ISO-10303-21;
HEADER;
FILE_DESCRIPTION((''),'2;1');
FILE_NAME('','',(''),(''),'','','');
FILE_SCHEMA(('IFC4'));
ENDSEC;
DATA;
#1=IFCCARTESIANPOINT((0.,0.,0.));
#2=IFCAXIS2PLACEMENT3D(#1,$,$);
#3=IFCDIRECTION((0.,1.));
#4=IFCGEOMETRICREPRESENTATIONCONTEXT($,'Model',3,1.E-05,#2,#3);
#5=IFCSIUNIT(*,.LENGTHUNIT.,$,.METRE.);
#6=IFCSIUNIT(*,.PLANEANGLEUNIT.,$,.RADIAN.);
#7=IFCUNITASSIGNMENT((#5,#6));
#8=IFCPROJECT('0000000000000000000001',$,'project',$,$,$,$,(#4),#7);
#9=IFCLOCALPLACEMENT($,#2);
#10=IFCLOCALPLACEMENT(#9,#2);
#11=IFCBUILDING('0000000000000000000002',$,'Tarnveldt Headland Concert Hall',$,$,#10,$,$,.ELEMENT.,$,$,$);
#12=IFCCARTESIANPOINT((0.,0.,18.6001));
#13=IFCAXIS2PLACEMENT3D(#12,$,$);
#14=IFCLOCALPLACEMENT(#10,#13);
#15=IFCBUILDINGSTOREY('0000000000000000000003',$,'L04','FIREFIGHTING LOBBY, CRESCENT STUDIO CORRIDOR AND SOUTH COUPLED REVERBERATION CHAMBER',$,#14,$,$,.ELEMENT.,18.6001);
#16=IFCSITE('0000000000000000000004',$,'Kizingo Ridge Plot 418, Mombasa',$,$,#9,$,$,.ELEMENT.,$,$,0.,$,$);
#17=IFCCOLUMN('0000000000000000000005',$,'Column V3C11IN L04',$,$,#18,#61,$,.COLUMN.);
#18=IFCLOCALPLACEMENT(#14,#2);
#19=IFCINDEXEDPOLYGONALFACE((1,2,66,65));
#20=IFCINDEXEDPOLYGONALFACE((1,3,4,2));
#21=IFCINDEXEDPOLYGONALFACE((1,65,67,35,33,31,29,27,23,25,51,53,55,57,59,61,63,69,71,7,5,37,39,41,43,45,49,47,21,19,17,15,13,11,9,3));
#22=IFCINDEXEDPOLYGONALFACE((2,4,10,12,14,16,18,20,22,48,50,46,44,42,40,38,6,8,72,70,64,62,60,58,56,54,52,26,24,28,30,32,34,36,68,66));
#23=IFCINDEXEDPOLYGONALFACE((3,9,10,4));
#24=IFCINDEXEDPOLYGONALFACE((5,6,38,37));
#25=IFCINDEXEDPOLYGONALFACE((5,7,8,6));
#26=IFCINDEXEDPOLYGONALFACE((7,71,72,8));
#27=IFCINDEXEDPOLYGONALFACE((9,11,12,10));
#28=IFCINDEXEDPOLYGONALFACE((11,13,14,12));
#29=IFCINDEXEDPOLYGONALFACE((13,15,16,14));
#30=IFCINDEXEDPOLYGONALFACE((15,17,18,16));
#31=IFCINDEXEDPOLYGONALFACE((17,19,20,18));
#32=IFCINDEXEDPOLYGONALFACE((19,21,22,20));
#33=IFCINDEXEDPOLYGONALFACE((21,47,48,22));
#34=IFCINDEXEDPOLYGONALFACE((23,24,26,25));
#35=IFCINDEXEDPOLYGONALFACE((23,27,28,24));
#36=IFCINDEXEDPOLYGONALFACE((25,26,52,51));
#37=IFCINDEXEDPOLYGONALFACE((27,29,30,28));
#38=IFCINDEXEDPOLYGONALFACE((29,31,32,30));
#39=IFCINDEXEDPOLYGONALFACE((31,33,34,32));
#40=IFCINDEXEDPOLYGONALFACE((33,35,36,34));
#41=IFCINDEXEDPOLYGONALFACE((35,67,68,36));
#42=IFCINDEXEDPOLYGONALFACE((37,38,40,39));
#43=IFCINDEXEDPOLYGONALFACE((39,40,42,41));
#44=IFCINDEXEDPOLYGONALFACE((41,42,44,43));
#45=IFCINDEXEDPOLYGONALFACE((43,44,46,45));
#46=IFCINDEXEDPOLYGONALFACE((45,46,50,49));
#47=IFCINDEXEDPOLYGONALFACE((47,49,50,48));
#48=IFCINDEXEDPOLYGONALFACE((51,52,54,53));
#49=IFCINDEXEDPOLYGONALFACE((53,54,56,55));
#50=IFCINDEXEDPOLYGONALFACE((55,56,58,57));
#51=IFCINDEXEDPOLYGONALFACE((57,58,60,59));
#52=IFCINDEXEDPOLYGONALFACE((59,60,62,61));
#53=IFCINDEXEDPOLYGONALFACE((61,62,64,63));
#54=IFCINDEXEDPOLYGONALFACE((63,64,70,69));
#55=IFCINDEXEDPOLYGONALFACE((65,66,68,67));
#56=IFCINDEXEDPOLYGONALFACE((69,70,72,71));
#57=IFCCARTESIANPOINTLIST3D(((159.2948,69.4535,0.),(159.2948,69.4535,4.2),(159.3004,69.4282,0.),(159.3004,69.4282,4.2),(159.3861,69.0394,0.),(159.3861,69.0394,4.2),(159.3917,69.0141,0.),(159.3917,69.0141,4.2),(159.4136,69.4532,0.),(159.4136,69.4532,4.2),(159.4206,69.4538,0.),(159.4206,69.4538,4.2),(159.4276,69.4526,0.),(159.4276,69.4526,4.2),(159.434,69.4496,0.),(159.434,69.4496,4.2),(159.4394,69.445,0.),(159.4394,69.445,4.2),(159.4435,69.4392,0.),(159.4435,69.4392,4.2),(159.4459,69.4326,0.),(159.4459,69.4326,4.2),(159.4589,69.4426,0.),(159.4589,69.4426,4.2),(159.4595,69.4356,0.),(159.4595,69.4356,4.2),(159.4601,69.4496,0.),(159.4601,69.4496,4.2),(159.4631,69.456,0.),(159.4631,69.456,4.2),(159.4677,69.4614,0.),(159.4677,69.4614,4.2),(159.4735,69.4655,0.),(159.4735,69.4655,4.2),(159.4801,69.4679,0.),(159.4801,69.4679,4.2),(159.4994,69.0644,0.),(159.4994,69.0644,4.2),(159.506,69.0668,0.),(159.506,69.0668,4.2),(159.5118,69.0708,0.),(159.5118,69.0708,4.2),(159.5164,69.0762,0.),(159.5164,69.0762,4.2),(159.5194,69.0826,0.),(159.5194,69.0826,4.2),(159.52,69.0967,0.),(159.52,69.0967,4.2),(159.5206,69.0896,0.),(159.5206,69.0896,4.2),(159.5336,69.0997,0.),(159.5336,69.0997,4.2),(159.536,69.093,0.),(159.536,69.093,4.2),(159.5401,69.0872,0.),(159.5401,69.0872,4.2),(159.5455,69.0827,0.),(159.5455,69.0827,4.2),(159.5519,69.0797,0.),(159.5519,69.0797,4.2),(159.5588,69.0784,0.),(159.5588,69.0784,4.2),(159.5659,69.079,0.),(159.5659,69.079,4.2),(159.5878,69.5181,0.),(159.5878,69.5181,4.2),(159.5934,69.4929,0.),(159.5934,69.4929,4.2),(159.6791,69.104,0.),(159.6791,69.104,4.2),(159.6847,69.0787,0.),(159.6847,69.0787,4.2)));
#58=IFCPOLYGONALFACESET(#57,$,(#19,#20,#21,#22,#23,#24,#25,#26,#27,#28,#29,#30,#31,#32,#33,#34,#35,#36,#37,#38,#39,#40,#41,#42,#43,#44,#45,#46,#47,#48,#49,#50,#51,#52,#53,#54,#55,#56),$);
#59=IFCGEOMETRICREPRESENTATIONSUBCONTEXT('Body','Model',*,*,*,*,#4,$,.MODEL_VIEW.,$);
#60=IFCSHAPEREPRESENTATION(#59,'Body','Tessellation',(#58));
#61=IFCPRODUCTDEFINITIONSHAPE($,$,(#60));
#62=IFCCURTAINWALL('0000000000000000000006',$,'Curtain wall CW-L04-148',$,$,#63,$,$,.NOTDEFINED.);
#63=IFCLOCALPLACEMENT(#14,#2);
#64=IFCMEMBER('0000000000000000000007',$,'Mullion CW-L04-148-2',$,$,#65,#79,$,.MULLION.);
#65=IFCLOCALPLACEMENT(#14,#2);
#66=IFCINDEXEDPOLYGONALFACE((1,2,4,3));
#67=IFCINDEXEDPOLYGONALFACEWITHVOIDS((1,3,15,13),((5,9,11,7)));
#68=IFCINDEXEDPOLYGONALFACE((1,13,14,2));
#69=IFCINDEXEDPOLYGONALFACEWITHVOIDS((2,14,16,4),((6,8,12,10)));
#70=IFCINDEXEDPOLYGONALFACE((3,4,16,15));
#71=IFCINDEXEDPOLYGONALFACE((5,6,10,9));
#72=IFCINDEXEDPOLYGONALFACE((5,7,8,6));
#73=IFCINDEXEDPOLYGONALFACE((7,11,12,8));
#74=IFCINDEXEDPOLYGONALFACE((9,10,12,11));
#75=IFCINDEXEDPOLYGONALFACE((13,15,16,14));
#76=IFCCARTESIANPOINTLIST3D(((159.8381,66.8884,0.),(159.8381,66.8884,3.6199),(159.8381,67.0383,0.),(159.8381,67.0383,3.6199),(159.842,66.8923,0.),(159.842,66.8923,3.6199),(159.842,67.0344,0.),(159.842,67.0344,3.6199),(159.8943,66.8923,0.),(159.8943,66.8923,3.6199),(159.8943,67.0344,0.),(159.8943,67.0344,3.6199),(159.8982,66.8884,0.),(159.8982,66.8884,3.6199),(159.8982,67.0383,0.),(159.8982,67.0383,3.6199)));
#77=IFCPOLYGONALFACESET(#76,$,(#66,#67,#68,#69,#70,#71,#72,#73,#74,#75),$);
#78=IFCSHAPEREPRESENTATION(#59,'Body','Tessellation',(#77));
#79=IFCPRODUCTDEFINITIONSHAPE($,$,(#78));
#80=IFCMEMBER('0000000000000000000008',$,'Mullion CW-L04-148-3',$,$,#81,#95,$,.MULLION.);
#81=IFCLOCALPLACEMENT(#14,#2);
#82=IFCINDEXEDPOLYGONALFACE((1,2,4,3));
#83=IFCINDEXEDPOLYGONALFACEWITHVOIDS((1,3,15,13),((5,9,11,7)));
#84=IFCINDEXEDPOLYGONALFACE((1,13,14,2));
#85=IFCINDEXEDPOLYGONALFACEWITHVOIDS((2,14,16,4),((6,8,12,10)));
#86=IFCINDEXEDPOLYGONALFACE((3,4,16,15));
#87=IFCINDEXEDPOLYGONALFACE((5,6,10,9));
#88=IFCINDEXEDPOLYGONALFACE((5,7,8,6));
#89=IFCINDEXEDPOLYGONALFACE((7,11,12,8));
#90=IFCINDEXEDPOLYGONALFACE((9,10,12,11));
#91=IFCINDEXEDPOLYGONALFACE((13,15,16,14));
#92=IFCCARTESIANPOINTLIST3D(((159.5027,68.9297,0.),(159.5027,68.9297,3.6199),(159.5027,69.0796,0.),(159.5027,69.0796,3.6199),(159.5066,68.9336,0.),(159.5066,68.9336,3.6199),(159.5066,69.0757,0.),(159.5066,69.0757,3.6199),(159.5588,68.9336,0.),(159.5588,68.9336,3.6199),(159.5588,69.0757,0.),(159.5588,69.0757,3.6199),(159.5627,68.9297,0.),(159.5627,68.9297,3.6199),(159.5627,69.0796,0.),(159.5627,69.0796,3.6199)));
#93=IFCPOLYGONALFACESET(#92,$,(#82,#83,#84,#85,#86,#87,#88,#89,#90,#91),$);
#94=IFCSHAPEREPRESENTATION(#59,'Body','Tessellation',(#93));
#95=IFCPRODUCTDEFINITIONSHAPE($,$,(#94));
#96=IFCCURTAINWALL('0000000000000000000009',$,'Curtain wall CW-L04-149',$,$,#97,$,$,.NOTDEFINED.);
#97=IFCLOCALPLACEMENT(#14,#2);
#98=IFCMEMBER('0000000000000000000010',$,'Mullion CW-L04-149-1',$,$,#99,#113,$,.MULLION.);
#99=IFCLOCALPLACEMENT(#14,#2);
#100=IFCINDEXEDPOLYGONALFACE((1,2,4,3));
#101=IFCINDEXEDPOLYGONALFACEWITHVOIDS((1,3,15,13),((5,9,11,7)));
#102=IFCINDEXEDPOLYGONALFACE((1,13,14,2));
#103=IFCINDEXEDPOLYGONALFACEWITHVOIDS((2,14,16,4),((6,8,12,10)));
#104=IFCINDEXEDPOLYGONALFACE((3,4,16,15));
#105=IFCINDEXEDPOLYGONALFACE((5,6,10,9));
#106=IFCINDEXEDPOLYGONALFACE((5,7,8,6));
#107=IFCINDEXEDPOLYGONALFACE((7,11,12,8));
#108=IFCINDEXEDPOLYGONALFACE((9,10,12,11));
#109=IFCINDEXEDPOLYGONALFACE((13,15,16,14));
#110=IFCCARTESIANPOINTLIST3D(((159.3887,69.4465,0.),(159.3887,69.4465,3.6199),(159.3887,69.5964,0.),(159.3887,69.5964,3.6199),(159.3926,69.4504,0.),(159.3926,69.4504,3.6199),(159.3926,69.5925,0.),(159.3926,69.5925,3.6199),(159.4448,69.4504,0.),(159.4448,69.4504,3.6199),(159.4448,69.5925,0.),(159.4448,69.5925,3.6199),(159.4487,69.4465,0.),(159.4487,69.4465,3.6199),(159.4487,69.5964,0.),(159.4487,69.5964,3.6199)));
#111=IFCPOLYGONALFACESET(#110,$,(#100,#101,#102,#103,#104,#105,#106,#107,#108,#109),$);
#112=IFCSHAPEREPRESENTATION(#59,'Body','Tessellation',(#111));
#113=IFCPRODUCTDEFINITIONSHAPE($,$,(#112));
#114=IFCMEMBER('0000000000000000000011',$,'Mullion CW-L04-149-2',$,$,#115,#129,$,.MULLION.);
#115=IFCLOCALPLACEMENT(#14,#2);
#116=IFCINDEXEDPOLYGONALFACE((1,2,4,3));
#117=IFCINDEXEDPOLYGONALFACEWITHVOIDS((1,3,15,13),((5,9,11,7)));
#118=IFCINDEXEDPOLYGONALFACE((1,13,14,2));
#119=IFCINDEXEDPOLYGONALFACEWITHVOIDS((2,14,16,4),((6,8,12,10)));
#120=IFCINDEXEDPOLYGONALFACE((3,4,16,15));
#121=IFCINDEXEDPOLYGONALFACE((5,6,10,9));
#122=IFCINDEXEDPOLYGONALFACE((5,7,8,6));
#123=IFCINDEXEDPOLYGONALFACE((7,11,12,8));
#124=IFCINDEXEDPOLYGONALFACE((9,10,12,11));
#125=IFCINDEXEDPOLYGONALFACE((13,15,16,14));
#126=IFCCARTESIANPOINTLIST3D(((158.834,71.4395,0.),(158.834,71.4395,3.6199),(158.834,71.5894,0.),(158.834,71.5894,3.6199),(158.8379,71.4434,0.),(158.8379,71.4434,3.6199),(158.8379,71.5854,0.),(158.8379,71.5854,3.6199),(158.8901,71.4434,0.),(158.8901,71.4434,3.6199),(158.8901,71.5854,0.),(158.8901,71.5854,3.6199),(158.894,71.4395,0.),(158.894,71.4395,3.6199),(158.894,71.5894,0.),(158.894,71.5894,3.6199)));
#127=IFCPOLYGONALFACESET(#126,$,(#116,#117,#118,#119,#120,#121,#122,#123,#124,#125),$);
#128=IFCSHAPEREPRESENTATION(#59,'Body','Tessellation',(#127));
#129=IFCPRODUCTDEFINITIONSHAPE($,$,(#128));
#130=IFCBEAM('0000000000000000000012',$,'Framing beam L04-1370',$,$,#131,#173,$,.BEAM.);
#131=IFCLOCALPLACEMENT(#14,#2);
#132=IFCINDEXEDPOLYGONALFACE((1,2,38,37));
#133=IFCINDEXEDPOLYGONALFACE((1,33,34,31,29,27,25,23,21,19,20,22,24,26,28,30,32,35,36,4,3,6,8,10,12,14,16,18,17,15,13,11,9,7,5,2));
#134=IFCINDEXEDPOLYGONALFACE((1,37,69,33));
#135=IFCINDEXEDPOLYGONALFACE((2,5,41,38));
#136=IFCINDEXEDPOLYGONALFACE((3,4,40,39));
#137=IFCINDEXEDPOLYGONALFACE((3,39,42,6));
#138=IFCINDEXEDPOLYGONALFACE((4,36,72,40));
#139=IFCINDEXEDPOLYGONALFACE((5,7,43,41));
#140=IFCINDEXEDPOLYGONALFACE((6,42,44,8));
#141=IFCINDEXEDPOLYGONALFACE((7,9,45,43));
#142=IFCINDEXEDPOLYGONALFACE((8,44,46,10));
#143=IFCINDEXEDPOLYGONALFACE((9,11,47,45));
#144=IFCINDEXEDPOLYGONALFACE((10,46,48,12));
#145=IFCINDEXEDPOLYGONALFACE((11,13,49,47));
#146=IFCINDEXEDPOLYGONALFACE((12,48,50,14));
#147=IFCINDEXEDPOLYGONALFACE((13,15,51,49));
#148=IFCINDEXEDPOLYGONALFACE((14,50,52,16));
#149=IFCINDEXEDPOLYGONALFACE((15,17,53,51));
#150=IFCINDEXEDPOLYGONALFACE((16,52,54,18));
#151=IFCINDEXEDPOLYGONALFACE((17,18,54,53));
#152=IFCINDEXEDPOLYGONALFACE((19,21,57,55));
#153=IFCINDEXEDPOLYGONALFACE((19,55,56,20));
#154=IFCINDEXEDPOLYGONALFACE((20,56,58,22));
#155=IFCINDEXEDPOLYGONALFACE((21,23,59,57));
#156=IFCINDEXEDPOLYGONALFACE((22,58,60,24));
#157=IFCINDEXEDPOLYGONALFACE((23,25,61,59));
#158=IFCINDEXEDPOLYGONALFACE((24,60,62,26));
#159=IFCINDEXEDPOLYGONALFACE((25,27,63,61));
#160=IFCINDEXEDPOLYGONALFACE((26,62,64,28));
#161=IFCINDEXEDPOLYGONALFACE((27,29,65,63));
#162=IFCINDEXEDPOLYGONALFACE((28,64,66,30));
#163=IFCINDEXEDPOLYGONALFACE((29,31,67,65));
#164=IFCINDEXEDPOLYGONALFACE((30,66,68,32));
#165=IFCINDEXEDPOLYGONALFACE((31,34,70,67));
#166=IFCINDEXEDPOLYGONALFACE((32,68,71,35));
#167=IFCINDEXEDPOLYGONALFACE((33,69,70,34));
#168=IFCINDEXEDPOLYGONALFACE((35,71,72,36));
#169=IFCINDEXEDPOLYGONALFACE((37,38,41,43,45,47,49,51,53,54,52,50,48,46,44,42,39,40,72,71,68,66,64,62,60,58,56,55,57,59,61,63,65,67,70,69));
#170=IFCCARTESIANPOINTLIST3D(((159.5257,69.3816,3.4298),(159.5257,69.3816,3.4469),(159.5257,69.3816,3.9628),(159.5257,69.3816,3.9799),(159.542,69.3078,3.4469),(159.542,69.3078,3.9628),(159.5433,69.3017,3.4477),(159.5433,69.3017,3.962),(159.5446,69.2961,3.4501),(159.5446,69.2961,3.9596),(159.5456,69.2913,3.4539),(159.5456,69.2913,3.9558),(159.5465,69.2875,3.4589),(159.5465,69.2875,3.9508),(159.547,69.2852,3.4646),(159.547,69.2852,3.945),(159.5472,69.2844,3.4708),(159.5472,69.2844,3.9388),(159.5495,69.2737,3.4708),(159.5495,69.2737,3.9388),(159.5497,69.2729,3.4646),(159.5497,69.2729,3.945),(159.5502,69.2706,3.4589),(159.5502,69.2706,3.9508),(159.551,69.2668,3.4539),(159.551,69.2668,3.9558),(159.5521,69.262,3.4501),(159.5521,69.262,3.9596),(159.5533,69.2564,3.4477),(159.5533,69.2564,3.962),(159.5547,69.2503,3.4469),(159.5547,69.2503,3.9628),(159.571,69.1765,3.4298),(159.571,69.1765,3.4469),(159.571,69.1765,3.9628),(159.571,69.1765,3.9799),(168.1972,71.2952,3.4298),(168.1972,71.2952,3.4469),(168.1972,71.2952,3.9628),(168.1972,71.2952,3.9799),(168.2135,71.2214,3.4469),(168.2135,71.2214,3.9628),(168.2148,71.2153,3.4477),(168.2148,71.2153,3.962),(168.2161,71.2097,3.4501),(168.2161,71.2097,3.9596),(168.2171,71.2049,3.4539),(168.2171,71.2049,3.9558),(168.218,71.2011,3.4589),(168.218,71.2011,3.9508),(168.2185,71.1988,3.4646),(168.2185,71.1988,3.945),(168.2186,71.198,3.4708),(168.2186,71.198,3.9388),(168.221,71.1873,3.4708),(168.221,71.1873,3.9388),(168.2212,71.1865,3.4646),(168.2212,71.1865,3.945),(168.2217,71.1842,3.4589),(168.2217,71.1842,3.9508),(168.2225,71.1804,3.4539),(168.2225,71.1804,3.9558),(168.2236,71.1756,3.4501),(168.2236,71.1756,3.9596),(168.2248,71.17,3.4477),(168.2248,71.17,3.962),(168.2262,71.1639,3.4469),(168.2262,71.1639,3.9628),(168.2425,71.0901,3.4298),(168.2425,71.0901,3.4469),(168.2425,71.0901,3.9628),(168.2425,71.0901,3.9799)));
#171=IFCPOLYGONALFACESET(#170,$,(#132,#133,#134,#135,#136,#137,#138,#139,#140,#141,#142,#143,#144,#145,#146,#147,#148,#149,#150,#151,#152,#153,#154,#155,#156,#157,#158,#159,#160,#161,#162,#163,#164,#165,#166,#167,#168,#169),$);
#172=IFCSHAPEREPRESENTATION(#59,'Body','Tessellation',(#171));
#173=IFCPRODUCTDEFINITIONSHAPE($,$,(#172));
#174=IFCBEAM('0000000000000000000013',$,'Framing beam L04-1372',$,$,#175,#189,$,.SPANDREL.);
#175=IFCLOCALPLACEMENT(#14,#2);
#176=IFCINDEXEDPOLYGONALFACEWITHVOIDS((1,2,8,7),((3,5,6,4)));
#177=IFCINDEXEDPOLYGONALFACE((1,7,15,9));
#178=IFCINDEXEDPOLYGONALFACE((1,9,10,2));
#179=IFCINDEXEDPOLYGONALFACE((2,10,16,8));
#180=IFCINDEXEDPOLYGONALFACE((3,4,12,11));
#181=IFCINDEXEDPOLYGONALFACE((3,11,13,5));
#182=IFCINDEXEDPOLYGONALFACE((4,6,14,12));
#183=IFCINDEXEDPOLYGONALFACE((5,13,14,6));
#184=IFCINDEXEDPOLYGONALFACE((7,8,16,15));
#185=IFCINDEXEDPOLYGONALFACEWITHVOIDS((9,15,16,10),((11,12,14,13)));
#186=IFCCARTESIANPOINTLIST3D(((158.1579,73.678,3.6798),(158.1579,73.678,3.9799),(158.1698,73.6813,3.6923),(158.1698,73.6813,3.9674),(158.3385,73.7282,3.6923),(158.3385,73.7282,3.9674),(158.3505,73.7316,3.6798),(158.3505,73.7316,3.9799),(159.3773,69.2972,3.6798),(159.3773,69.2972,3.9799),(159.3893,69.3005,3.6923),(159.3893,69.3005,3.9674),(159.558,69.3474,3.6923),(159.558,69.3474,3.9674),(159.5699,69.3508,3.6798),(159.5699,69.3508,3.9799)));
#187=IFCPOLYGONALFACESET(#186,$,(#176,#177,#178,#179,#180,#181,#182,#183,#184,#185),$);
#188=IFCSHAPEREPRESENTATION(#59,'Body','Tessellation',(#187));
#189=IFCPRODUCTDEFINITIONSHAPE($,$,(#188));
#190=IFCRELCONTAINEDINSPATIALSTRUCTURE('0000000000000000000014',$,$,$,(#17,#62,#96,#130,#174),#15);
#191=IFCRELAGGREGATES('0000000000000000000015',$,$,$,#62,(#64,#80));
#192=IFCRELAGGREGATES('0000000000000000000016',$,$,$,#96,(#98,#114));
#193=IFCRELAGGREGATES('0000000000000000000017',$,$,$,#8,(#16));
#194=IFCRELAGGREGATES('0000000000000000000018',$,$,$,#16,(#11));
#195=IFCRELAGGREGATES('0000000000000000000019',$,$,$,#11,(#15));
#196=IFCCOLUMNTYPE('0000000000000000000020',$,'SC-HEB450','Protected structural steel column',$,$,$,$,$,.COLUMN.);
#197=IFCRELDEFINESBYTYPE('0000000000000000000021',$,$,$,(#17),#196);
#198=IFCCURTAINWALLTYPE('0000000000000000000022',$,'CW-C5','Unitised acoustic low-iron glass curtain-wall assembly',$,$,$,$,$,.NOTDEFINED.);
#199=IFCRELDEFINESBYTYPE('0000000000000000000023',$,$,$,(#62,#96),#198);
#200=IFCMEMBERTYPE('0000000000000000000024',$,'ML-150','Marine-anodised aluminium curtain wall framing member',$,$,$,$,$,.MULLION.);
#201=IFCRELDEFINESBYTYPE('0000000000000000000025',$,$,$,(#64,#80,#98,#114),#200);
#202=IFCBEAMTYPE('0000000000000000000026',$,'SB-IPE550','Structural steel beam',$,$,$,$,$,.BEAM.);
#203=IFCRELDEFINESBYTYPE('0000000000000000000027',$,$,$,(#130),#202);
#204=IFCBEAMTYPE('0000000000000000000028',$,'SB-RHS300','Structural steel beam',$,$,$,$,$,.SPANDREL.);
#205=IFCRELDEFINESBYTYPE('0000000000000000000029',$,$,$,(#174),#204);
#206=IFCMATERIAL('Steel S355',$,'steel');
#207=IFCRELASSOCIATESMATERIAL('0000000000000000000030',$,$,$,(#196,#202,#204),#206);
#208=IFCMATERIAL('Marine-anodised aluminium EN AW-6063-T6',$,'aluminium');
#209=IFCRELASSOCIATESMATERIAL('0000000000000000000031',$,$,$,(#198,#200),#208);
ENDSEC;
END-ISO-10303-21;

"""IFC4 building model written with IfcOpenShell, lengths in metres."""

from ifc_helpers import new_model, si_unit, direction, frame, origin, origin_2d, place, context, subcontext, project, spatial, hollow_rectangle, i_section, extrude, material, material_profile, profile_set, type_object, element, aggregate, save


model = new_model("IFC4")

# Units and contexts
model_context = context("Model", 3, precision=1e-05, world=origin(), true_north=direction((0.0, 1.0)))
body_context = subcontext(model_context, "Body", "Model", "MODEL_VIEW")
ifc_project = project(units=[si_unit("LENGTHUNIT", "METRE"), si_unit("PLANEANGLEUNIT", "RADIAN")], contexts=[model_context])

# Site, building, storey
site_placement = place(None, origin())
site = spatial("IfcSite", under=ifc_project, at=site_placement, Name="Kizingo Ridge Plot 418, Mombasa", CompositionType="ELEMENT", RefElevation=0.0)
building_placement = place(site_placement, origin())
building = spatial("IfcBuilding", under=site, at=building_placement, Name="Tarnveldt Headland Concert Hall", CompositionType="ELEMENT")
storey_placement = place(building_placement, frame((0.0, 0.0, 18.6001)))
storey = spatial("IfcBuildingStorey", under=building, at=storey_placement, Name="L04", Description="FIREFIGHTING LOBBY, CRESCENT STUDIO CORRIDOR AND SOUTH COUPLED REVERBERATION CHAMBER", CompositionType="ELEMENT", Elevation=18.6001)

# Column
ifc_material_1 = material(Name="Steel S355", Category="steel")
ifc_material_profile_1 = material_profile(ifc_material_1, i_section(OverallWidth=0.3, OverallDepth=0.45, WebThickness=0.0139, FlangeThickness=0.0259, FilletRadius=0.0271, at=origin_2d()), Name="HEB450", Category="steel")
ifc_profile_set_1 = profile_set([ifc_material_profile_1], Name="Steel S355")
column_type = type_object("IfcColumnType", Name="SC-HEB450", Description="Protected structural steel column", PredefinedType="COLUMN", material=ifc_profile_set_1)
column_placement = place(storey_placement, frame((159.4897, 69.2661, 0.0), z_axis=(0.0, 0.0, 1.0), x_axis=(0.976522, 0.215417, 0.0)))
element("IfcColumn", 1, at=column_placement, inside=storey, type_object=column_type, Name="Column V3C11IN L04", PredefinedType="COLUMN", context=body_context, shape_type="SweptSolid", body=[
    extrude(i_section(OverallWidth=0.3, OverallDepth=0.45, WebThickness=0.0139, FlangeThickness=0.0259, FilletRadius=0.0271, at=origin_2d()), origin(), (0.0, 0.0, 1.0), 4.2),
])

# Curtain walls, members
ifc_material_2 = material(Name="Marine-anodised aluminium EN AW-6063-T6", Category="aluminium")
curtain_wall_type = type_object("IfcCurtainWallType", Name="CW-C5", Description="Unitised acoustic low-iron glass curtain-wall assembly", PredefinedType="NOTDEFINED", material=ifc_material_2)
curtain_wall_1_placement = place(storey_placement, origin())
curtain_wall_1 = element("IfcCurtainWall", 2, at=curtain_wall_1_placement, inside=storey, type_object=curtain_wall_type, Name="Curtain wall CW-L04-148", PredefinedType="NOTDEFINED")
ifc_material_profile_2 = material_profile(ifc_material_2, hollow_rectangle(XDim=0.0601, YDim=0.1499, WallThickness=0.0039, at=origin_2d()), Name="ALU MULLION 60x150x4", Category="aluminium")
ifc_profile_set_2 = profile_set([ifc_material_profile_2], Name="Marine-anodised aluminium EN AW-6063-T6")
member_type_1 = type_object("IfcMemberType", Name="ML-150", Description="Marine-anodised aluminium curtain wall framing member", PredefinedType="MULLION", material=ifc_profile_set_2)
member_1_placement = place(storey_placement, frame((159.8682, 66.9634, 0.0), z_axis=(0.0, 0.0, 1.0), x_axis=(1.0, 0.0, 0.0)))
member_1 = element("IfcMember", 3, at=member_1_placement, type_object=member_type_1, Name="Mullion CW-L04-148-2", PredefinedType="MULLION", context=body_context, shape_type="SweptSolid", body=[
    extrude(hollow_rectangle(XDim=0.0601, YDim=0.1499, WallThickness=0.0039, at=origin_2d()), origin(), (0.0, 0.0, 1.0), 3.6199),
])
member_2_placement = place(storey_placement, frame((159.5327, 69.0046, 0.0), z_axis=(0.0, 0.0, 1.0), x_axis=(1.0, 0.0, 0.0)))
member_2 = element("IfcMember", 4, at=member_2_placement, type_object=member_type_1, Name="Mullion CW-L04-148-3", PredefinedType="MULLION", context=body_context, shape_type="SweptSolid", body=[
    extrude(hollow_rectangle(XDim=0.0601, YDim=0.1499, WallThickness=0.0039, at=origin_2d()), origin(), (0.0, 0.0, 1.0), 3.6199),
])
curtain_wall_2_placement = place(storey_placement, origin())
curtain_wall_2 = element("IfcCurtainWall", 5, at=curtain_wall_2_placement, inside=storey, type_object=curtain_wall_type, Name="Curtain wall CW-L04-149", PredefinedType="NOTDEFINED")
member_3_placement = place(storey_placement, frame((159.4187, 69.5215, 0.0), z_axis=(0.0, 0.0, 1.0), x_axis=(1.0, 0.0, 0.0)))
member_3 = element("IfcMember", 6, at=member_3_placement, type_object=member_type_1, Name="Mullion CW-L04-149-1", PredefinedType="MULLION", context=body_context, shape_type="SweptSolid", body=[
    extrude(hollow_rectangle(XDim=0.0601, YDim=0.1499, WallThickness=0.0039, at=origin_2d()), origin(), (0.0, 0.0, 1.0), 3.6199),
])
member_4_placement = place(storey_placement, frame((158.864, 71.5144, 0.0), z_axis=(0.0, 0.0, 1.0), x_axis=(1.0, 0.0, 0.0)))
member_4 = element("IfcMember", 7, at=member_4_placement, type_object=member_type_1, Name="Mullion CW-L04-149-2", PredefinedType="MULLION", context=body_context, shape_type="SweptSolid", body=[
    extrude(hollow_rectangle(XDim=0.0601, YDim=0.1499, WallThickness=0.0039, at=origin_2d()), origin(), (0.0, 0.0, 1.0), 3.6199),
])

# Beams
ifc_material_profile_3 = material_profile(ifc_material_1, i_section(OverallWidth=0.21, OverallDepth=0.55, WebThickness=0.011, FlangeThickness=0.0171, FilletRadius=0.0239, at=origin_2d()), Name="IPE550", Category="steel")
ifc_profile_set_3 = profile_set([ifc_material_profile_3], Name="Steel S355")
beam_type_1 = type_object("IfcBeamType", Name="SB-IPE550", Description="Structural steel beam", PredefinedType="BEAM", material=ifc_profile_set_3)
beam_1_placement = place(storey_placement, frame((159.5483, 69.2791, 3.7048), z_axis=(0.976506, 0.215492, 0.0), x_axis=(-0.215492, 0.976506, 0.0)))
element("IfcBeam", 8, at=beam_1_placement, inside=storey, type_object=beam_type_1, Name="Framing beam L04-1370", PredefinedType="BEAM", context=body_context, shape_type="SweptSolid", body=[
    extrude(i_section(OverallWidth=0.21, OverallDepth=0.55, WebThickness=0.011, FlangeThickness=0.0171, FilletRadius=0.0239, at=origin_2d()), origin(), (0.0, 0.0, 1.0), 8.8801),
])
ifc_material_profile_4 = material_profile(ifc_material_1, hollow_rectangle(XDim=0.2, YDim=0.3, WallThickness=0.0125, at=origin_2d()), Name="RHS 300x200x12.5", Category="steel")
ifc_profile_set_4 = profile_set([ifc_material_profile_4], Name="Steel S355")
beam_type_2 = type_object("IfcBeamType", Name="SB-RHS300", Description="Structural steel beam", PredefinedType="SPANDREL", material=ifc_profile_set_4)
beam_2_placement = place(storey_placement, frame((159.4736, 69.324, 3.8298), z_axis=(-0.26817, 0.963372, 0.0), x_axis=(-0.963372, -0.26817, 0.0)))
element("IfcBeam", 9, at=beam_2_placement, inside=storey, type_object=beam_type_2, Name="Framing beam L04-1372", PredefinedType="SPANDREL", context=body_context, shape_type="SweptSolid", body=[
    extrude(hollow_rectangle(XDim=0.2, YDim=0.3, WallThickness=0.0125, at=origin_2d()), origin(), (0.0, 0.0, 1.0), 4.5474),
])

aggregate(curtain_wall_1, [member_1, member_2])
aggregate(curtain_wall_2, [member_3, member_4])

save(model, "model.ifc")
